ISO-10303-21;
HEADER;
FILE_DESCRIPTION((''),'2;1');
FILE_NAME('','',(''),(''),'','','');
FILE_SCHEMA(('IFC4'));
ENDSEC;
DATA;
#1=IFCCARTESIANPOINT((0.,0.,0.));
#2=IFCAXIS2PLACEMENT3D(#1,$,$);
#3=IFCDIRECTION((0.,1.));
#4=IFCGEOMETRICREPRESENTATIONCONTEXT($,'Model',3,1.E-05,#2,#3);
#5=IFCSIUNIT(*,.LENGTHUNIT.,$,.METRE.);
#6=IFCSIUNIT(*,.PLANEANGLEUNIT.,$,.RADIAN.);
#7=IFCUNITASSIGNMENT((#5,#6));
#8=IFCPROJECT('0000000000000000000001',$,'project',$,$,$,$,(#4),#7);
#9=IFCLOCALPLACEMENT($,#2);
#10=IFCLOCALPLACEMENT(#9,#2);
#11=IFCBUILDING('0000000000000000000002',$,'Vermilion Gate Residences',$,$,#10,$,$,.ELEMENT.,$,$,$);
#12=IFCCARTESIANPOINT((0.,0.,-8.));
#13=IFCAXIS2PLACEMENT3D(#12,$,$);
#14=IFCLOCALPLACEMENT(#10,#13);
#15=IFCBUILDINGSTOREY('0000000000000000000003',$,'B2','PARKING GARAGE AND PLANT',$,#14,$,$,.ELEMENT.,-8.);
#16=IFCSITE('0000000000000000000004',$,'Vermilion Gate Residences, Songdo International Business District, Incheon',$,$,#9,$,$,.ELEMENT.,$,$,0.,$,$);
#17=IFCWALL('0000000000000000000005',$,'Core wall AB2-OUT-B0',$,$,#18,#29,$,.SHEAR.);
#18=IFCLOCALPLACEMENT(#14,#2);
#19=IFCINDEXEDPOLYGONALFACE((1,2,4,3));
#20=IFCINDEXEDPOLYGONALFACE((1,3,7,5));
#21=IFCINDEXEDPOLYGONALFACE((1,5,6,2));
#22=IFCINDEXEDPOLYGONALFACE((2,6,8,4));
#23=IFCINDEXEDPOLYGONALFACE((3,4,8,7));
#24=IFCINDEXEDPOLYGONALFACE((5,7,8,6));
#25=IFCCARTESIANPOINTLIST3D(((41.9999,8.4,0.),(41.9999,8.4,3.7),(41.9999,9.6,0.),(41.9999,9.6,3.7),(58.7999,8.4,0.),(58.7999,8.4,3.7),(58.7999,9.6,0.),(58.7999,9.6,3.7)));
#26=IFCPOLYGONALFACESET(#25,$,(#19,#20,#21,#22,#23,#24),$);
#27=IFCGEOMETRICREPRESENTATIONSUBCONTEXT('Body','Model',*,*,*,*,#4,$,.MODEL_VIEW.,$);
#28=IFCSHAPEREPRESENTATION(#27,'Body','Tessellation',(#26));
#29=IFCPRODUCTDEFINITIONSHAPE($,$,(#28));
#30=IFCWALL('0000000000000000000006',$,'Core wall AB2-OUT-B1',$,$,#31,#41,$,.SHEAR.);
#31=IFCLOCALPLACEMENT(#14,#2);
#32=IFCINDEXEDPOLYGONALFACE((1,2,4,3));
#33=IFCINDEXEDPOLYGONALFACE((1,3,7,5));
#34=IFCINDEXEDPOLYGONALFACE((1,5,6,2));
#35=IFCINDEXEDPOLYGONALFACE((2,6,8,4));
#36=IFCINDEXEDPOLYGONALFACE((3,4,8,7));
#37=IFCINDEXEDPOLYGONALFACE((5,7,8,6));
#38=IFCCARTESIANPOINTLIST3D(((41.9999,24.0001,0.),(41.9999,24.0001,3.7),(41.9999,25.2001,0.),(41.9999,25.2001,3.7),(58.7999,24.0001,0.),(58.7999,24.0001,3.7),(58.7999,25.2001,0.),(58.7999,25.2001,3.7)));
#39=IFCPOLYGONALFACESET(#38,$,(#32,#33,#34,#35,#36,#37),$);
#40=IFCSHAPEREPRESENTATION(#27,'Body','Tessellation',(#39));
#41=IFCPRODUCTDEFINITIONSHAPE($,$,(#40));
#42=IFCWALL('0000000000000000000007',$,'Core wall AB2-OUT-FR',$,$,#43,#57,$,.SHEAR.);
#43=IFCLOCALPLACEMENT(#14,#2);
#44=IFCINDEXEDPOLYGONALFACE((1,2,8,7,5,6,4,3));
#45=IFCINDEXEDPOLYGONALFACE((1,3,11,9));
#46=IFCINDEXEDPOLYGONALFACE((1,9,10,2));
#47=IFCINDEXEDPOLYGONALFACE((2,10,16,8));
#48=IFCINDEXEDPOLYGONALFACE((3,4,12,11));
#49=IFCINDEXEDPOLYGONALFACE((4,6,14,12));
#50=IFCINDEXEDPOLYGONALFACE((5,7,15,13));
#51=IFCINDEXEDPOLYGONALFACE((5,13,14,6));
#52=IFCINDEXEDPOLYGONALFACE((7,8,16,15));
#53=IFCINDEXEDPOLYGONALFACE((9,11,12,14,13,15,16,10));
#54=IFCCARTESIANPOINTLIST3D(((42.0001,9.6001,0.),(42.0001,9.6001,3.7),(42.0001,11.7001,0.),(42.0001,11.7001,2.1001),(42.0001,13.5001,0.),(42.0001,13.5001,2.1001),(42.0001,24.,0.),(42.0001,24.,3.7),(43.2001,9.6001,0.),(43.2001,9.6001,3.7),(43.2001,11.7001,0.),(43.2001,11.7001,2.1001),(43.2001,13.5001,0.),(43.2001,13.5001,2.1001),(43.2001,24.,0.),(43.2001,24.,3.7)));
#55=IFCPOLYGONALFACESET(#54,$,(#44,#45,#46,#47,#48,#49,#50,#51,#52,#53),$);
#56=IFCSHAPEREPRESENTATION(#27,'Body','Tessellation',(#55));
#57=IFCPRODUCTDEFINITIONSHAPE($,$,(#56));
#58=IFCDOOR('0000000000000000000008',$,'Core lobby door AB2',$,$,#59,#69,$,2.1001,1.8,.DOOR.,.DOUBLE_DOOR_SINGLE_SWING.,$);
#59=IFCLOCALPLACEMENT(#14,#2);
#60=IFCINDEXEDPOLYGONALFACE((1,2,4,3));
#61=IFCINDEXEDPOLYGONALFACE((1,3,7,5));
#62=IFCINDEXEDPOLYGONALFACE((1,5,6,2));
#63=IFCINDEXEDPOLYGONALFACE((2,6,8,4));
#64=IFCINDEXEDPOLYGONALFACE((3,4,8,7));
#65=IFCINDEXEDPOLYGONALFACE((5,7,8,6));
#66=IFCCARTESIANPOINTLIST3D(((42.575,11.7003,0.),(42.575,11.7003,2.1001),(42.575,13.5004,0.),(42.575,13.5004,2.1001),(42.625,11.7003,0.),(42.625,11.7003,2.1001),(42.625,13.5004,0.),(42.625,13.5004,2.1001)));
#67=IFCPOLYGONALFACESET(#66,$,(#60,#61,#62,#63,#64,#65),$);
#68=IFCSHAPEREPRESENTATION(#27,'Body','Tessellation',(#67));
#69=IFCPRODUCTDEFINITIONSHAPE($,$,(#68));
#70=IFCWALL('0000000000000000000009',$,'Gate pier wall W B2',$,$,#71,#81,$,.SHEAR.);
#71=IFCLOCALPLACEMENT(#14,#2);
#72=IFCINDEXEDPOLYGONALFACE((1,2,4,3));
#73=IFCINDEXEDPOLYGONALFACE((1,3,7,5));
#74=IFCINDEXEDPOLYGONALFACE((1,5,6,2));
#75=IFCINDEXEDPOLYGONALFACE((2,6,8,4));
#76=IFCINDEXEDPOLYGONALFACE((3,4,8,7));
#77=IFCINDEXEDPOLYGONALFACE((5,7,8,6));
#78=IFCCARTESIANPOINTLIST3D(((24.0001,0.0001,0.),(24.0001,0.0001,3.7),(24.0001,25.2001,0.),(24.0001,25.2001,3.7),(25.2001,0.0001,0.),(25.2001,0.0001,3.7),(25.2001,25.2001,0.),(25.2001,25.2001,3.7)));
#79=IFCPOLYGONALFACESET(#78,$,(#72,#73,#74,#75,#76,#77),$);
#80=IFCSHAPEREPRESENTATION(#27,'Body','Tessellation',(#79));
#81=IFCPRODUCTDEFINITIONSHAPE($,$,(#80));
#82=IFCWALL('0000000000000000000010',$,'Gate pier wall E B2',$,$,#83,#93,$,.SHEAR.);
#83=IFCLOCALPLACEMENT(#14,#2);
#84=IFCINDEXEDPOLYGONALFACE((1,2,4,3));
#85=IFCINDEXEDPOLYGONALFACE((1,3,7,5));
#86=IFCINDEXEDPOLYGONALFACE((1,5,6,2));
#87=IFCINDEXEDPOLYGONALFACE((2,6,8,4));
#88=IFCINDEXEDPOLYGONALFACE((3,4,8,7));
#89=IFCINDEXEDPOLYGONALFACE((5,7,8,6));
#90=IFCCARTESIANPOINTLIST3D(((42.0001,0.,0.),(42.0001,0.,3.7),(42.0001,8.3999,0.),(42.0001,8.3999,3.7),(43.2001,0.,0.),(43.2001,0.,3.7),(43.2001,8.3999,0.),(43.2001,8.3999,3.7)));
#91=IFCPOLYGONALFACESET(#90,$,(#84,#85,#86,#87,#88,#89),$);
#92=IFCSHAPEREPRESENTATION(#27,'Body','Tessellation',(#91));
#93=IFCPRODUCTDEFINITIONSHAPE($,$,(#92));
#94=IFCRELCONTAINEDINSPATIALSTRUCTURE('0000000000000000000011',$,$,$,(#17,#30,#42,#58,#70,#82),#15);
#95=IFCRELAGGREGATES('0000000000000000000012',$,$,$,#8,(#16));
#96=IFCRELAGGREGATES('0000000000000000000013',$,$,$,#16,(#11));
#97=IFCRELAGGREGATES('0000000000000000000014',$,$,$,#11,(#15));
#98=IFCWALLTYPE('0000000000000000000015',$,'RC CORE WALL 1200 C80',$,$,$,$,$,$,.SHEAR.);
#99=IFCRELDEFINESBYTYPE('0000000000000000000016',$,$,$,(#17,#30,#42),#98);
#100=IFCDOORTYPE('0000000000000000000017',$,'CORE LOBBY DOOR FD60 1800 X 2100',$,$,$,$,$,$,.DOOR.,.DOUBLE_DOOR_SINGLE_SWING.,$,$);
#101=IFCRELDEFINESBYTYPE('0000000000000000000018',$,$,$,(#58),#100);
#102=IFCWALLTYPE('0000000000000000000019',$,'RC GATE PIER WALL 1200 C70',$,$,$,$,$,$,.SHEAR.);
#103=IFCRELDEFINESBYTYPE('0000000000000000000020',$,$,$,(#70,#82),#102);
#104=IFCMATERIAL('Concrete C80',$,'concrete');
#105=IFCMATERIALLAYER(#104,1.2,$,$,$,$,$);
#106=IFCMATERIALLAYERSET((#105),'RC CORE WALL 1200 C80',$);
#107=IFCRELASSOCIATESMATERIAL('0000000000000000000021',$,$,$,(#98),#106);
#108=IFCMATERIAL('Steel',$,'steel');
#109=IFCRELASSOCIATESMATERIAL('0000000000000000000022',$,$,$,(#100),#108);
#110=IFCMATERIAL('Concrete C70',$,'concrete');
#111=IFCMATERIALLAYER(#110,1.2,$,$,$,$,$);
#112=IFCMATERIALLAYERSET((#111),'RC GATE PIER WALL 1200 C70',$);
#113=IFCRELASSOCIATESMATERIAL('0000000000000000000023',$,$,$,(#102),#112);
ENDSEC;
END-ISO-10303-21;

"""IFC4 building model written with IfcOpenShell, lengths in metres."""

from ifc_helpers import new_model, si_unit, direction, frame, frame_2d, origin, place, context, subcontext, project, spatial, rectangle, extrude, material, layer, layer_set, type_object, element, fill, save


model = new_model("IFC4")

# Units and contexts
model_context = context("Model", 3, precision=1e-05, world=origin(), true_north=direction((0.0, 1.0)))
body_context = subcontext(model_context, "Body", "Model", "MODEL_VIEW")
ifc_project = project(units=[si_unit("LENGTHUNIT", "METRE"), si_unit("PLANEANGLEUNIT", "RADIAN")], contexts=[model_context])

# Site, building, storey
site_placement = place(None, origin())
site = spatial("IfcSite", under=ifc_project, at=site_placement, Name="Vermilion Gate Residences, Songdo International Business District, Incheon", CompositionType="ELEMENT", RefElevation=0.0)
building_placement = place(site_placement, origin())
building = spatial("IfcBuilding", under=site, at=building_placement, Name="Vermilion Gate Residences", CompositionType="ELEMENT")
storey_placement = place(building_placement, frame((0.0, 0.0, -8.0)))
storey = spatial("IfcBuildingStorey", under=building, at=storey_placement, Name="B2", Description="PARKING GARAGE AND PLANT", CompositionType="ELEMENT", Elevation=-8.0)

# Walls
ifc_material_1 = material(Name="Concrete C80", Category="concrete")
ifc_layer_1 = layer(ifc_material_1, 1.2)
ifc_layer_set_1 = layer_set([ifc_layer_1], Name="RC CORE WALL 1200 C80")
wall_type_1 = type_object("IfcWallType", Name="RC CORE WALL 1200 C80", PredefinedType="SHEAR", material=ifc_layer_set_1)
for number, where, z_axis, x_axis, name in (
    (1, (42.0, 9.0, 0.0), (0.0, 0.0, 1.0), (1.0, 0.0, 0.0), "Core wall AB2-OUT-B0"),
    (2, (42.0, 24.6001, 0.0), (0.0, 0.0, 1.0), (1.0, 0.0, 0.0), "Core wall AB2-OUT-B1"),
):
    element("IfcWall", number, at=place(storey_placement, frame(where, z_axis=z_axis, x_axis=x_axis)), inside=storey, type_object=wall_type_1, Name=name, PredefinedType="SHEAR", context=body_context, shape_type="SweptSolid", body=[
        extrude(rectangle(XDim=16.8, YDim=1.2, at=frame_2d((8.3999, 0.0))), origin(), (0.0, 0.0, 1.0), 3.7),
    ])

# Wall, opening, door
wall_1_placement = place(storey_placement, frame((42.6001, 9.6001, 0.0), z_axis=(0.0, 0.0, 1.0), x_axis=(0.0, 1.0, 0.0)))
wall_1 = element("IfcWall", 3, at=wall_1_placement, inside=storey, type_object=wall_type_1, Name="Core wall AB2-OUT-FR", PredefinedType="SHEAR", context=body_context, shape_type="SweptSolid", body=[
    extrude(rectangle(XDim=14.3999, YDim=1.2, at=frame_2d((7.2, 0.0))), origin(), (0.0, 0.0, 1.0), 3.7),
])
opening_1_placement = place(wall_1_placement, frame((2.1001, 0.0, 0.0)))
opening_1 = element("IfcOpeningElement", 4, at=opening_1_placement, cuts=wall_1, PredefinedType="OPENING", context=body_context, shape_type="SweptSolid", body=[
    extrude(rectangle(XDim=1.8, YDim=2.1001, at=frame_2d((0.8999, 1.05))), frame((0.0, 0.6099, 0.0), z_axis=(0.0, -1.0, 0.0), x_axis=(1.0, 0.0, 0.0)), (0.0, 0.0, 1.0), 1.22),
])
ifc_material_2 = material(Name="Steel", Category="steel")
door_type_1 = type_object("IfcDoorType", Name="CORE LOBBY DOOR FD60 1800 X 2100", OperationType="DOUBLE_DOOR_SINGLE_SWING", PredefinedType="DOOR", material=ifc_material_2)
door_1_placement = place(opening_1_placement, frame((1.8, 0.0, 0.0), z_axis=(0.0, 0.0, 1.0), x_axis=(-1.0, 0.0, 0.0)))
door_1 = element("IfcDoor", 5, at=door_1_placement, inside=storey, type_object=door_type_1, Name="Core lobby door AB2", OperationType="DOUBLE_DOOR_SINGLE_SWING", OverallHeight=2.1001, OverallWidth=1.8, PredefinedType="DOOR", context=body_context, shape_type="SweptSolid", body=[
    extrude(rectangle(XDim=1.8, YDim=2.1001, at=frame_2d((0.8999, 1.05))), frame((0.0, 0.0249, 0.0), z_axis=(0.0, -1.0, 0.0), x_axis=(1.0, 0.0, 0.0)), (0.0, 0.0, 1.0), 0.05),
])
fill(opening_1, door_1)

# Walls
ifc_material_3 = material(Name="Concrete C70", Category="concrete")
ifc_layer_2 = layer(ifc_material_3, 1.2)
ifc_layer_set_2 = layer_set([ifc_layer_2], Name="RC GATE PIER WALL 1200 C70")
wall_type_2 = type_object("IfcWallType", Name="RC GATE PIER WALL 1200 C70", PredefinedType="SHEAR", material=ifc_layer_set_2)
wall_2_placement = place(storey_placement, frame((24.6001, 0.0, 0.0), z_axis=(0.0, 0.0, 1.0), x_axis=(0.0, 1.0, 0.0)))
element("IfcWall", 6, at=wall_2_placement, inside=storey, type_object=wall_type_2, Name="Gate pier wall W B2", PredefinedType="SHEAR", context=body_context, shape_type="SweptSolid", body=[
    extrude(rectangle(XDim=25.2, YDim=1.2, at=frame_2d((12.6001, 0.0))), origin(), (0.0, 0.0, 1.0), 3.7),
])
wall_3_placement = place(storey_placement, frame((42.6001, 0.0, 0.0), z_axis=(0.0, 0.0, 1.0), x_axis=(0.0, 1.0, 0.0)))
element("IfcWall", 7, at=wall_3_placement, inside=storey, type_object=wall_type_2, Name="Gate pier wall E B2", PredefinedType="SHEAR", context=body_context, shape_type="SweptSolid", body=[
    extrude(rectangle(XDim=8.3999, YDim=1.2, at=frame_2d((4.2, 0.0))), origin(), (0.0, 0.0, 1.0), 3.7),
])

save(model, "model.ifc")
